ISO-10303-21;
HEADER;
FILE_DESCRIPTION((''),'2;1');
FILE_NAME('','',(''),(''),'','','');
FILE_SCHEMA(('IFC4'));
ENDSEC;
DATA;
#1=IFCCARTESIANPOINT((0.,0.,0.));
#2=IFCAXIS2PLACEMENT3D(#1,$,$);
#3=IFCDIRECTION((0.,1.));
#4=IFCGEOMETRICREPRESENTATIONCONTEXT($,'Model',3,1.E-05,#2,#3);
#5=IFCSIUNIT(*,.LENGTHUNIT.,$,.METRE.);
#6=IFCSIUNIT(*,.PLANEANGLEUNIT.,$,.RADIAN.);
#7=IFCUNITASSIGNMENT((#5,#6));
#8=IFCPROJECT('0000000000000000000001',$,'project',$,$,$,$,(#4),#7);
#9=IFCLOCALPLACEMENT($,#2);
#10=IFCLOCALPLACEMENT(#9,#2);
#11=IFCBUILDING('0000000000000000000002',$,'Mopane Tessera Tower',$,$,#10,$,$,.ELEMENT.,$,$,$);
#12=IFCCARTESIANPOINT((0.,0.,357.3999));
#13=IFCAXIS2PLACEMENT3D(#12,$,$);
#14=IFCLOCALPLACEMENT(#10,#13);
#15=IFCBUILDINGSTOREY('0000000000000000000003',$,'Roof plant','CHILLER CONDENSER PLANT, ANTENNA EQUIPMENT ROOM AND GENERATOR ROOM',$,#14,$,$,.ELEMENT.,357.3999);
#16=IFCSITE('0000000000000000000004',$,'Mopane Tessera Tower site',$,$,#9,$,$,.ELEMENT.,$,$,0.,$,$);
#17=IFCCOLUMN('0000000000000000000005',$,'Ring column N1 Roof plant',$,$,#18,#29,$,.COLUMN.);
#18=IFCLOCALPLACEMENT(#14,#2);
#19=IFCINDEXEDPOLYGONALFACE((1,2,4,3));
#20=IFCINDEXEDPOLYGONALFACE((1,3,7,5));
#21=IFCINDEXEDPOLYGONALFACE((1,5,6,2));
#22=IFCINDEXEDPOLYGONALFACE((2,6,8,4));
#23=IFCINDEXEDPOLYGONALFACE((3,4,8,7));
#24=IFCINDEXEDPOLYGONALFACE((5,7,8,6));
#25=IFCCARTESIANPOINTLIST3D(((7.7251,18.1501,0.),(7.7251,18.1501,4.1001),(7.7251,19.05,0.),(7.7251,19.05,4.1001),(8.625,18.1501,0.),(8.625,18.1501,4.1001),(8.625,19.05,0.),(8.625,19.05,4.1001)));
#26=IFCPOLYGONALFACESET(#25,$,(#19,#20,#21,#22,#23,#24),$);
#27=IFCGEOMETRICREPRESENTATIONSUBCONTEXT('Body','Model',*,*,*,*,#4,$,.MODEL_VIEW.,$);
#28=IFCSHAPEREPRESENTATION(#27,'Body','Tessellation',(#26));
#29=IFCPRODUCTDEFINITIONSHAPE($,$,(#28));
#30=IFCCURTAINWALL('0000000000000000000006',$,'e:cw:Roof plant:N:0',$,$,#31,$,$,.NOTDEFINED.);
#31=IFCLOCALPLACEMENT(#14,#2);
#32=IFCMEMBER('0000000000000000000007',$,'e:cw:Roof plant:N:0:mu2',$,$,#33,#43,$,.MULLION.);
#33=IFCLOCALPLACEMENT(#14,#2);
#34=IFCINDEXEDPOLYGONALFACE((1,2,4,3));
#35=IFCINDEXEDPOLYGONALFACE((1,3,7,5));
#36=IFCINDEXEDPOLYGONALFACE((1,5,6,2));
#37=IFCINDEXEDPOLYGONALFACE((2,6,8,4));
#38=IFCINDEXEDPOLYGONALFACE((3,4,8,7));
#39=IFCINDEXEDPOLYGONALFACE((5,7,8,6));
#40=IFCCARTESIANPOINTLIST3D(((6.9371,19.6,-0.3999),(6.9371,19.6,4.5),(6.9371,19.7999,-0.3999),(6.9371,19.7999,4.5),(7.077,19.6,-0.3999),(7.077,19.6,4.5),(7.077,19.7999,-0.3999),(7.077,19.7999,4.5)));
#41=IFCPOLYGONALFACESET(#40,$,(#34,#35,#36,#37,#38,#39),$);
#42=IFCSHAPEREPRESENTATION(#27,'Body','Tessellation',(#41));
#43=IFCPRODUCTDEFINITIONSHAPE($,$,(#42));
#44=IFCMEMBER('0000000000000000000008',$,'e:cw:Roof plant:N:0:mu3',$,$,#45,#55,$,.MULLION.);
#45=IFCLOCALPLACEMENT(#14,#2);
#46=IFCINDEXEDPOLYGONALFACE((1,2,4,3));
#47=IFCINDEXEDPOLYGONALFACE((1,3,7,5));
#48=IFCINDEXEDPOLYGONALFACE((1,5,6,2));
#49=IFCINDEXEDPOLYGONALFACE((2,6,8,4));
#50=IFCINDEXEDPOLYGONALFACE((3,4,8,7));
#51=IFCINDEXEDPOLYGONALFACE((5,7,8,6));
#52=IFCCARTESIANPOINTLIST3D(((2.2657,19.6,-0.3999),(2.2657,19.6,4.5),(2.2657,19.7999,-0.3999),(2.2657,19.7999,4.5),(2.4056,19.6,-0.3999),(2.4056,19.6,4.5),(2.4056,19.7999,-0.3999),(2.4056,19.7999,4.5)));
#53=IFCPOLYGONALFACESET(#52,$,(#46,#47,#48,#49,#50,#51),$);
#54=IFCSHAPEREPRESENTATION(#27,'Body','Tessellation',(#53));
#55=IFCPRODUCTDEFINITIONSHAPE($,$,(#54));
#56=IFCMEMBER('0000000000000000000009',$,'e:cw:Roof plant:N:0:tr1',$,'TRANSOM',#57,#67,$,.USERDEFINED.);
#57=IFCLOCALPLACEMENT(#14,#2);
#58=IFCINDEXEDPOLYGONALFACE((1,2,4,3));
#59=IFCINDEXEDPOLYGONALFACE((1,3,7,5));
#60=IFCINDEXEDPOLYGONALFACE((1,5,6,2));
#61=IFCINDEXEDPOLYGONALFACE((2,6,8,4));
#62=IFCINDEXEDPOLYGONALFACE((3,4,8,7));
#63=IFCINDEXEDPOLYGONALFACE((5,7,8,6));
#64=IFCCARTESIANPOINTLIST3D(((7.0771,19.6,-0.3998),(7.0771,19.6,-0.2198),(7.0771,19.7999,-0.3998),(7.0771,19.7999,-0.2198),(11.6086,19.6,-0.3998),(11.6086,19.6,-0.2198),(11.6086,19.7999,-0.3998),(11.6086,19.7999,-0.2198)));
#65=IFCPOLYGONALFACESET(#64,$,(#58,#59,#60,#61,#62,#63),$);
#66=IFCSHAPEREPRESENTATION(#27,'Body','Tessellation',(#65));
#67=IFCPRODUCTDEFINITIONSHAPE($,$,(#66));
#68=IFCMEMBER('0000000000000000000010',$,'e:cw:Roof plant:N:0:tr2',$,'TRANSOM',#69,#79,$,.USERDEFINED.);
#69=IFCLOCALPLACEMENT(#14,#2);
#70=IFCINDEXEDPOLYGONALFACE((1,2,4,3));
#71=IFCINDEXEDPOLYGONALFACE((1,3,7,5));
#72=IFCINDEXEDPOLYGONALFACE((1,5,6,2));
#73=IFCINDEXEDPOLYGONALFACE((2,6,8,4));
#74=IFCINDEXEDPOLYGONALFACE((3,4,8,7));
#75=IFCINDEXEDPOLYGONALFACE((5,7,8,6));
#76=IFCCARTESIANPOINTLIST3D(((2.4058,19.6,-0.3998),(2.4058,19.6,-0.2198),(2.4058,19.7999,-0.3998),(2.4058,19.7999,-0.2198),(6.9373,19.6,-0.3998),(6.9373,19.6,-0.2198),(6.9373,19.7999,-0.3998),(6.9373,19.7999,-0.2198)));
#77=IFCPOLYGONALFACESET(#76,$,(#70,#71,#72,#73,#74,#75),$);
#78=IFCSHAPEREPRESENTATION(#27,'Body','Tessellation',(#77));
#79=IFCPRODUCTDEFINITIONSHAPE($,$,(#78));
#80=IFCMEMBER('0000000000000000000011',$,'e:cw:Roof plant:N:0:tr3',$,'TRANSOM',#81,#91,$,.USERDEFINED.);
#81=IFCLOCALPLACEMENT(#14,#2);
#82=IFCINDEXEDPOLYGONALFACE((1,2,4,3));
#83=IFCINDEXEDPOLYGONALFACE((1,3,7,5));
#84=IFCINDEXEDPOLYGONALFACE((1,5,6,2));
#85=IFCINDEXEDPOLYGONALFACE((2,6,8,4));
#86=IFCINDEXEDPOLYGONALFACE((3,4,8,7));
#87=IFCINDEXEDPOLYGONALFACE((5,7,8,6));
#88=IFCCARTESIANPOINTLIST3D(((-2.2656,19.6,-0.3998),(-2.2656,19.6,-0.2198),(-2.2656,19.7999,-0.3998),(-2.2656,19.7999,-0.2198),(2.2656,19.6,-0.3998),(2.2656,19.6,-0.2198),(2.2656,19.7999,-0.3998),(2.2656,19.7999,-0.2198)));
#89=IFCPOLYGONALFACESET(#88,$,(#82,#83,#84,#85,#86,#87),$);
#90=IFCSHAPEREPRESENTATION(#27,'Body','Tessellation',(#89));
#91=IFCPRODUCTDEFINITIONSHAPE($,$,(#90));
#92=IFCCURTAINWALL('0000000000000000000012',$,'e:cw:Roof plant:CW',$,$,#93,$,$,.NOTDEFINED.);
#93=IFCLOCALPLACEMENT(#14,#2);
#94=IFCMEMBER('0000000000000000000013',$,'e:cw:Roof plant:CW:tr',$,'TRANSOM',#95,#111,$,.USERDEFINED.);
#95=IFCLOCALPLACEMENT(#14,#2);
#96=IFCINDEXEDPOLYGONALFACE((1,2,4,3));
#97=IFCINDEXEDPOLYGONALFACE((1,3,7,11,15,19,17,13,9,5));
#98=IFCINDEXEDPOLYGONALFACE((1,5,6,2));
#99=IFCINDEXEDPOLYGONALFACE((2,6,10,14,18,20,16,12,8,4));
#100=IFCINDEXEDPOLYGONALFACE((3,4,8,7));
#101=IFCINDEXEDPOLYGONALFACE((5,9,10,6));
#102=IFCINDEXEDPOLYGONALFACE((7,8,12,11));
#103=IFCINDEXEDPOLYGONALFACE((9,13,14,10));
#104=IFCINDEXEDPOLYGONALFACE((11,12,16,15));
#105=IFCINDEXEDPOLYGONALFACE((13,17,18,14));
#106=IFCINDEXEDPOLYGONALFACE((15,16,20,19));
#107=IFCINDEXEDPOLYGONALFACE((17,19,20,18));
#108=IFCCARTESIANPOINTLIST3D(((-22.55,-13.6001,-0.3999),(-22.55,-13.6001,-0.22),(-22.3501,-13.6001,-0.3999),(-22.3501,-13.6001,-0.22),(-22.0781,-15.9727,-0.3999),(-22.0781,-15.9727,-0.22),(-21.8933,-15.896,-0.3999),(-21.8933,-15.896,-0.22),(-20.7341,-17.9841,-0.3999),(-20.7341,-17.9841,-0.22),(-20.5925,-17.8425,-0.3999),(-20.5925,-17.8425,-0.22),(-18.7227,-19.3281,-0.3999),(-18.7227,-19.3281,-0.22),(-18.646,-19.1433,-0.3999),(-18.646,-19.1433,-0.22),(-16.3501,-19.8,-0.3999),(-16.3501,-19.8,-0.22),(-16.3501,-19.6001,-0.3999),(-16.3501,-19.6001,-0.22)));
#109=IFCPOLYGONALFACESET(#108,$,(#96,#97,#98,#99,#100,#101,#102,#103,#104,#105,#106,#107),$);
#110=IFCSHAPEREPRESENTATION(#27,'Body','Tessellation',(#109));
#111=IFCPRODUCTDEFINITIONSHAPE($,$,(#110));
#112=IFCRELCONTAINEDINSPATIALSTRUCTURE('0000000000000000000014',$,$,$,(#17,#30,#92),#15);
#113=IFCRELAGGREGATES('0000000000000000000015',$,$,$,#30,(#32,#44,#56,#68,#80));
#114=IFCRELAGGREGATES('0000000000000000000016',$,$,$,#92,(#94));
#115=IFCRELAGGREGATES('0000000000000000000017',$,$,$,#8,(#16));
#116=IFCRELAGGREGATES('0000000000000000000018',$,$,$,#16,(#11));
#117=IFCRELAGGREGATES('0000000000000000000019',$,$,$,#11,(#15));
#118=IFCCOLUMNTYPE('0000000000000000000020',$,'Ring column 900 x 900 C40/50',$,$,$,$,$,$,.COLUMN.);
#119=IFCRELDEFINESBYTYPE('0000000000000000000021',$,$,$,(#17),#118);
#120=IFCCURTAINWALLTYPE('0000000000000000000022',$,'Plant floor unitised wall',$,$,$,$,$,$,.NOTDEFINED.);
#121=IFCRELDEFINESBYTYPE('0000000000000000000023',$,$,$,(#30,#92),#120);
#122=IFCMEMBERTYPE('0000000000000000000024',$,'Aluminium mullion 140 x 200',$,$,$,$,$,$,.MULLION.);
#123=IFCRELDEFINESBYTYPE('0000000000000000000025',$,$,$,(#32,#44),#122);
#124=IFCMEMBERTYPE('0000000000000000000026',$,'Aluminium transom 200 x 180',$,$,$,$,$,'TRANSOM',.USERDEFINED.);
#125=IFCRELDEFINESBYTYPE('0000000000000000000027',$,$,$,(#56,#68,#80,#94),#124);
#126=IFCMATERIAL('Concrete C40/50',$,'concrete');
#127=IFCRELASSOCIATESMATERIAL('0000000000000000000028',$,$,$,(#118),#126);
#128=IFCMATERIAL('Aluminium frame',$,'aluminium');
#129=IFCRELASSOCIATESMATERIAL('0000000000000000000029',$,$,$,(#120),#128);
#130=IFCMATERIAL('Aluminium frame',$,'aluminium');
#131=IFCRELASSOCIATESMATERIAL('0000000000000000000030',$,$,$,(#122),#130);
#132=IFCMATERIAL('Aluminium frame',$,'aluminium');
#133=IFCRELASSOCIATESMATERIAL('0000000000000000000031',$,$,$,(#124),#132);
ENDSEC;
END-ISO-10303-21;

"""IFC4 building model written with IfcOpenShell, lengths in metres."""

from ifc_helpers import new_model, si_unit, direction, frame, origin, origin_2d, place, context, subcontext, project, spatial, polyline, rectangle, outline, extrude, material, material_profile, profile_set, type_object, element, aggregate, save


model = new_model("IFC4")

# Units and contexts
model_context = context("Model", 3, precision=1e-05, world=origin(), true_north=direction((0.0, 1.0)))
body_context = subcontext(model_context, "Body", "Model", "MODEL_VIEW")
ifc_project = project(units=[si_unit("LENGTHUNIT", "METRE"), si_unit("PLANEANGLEUNIT", "RADIAN")], contexts=[model_context])

# Site, building, storey
site_placement = place(None, origin())
site = spatial("IfcSite", under=ifc_project, at=site_placement, Name="Mopane Tessera Tower site", CompositionType="ELEMENT", RefElevation=0.0)
building_placement = place(site_placement, origin())
building = spatial("IfcBuilding", under=site, at=building_placement, Name="Mopane Tessera Tower", CompositionType="ELEMENT")
storey_placement = place(building_placement, frame((0.0, 0.0, 357.3999)))
storey = spatial("IfcBuildingStorey", under=building, at=storey_placement, Name="Roof plant", Description="CHILLER CONDENSER PLANT, ANTENNA EQUIPMENT ROOM AND GENERATOR ROOM", CompositionType="ELEMENT", Elevation=357.3999)

# Column
ifc_material_1 = material(Name="Concrete C40/50", Category="concrete")
ifc_material_profile_1 = material_profile(ifc_material_1, rectangle(XDim=0.8999, YDim=0.8999, at=origin_2d()))
ifc_profile_set_1 = profile_set([ifc_material_profile_1], Name="Concrete C40/50")
column_type = type_object("IfcColumnType", Name="Ring column 900 x 900 C40/50", PredefinedType="COLUMN", material=ifc_profile_set_1)
column_placement = place(storey_placement, frame((8.175, 18.6001, 0.0), z_axis=(0.0, 0.0, 1.0), x_axis=(1.0, 0.0, 0.0)))
element("IfcColumn", 1, at=column_placement, inside=storey, type_object=column_type, Name="Ring column N1 Roof plant", PredefinedType="COLUMN", context=body_context, shape_type="SweptSolid", body=[
    extrude(rectangle(XDim=0.8999, YDim=0.8999, at=origin_2d()), origin(), (0.0, 0.0, 1.0), 4.1001),
])

# Curtain wall, members
ifc_material_2 = material(Name="Aluminium frame", Category="aluminium")
curtain_wall_type = type_object("IfcCurtainWallType", Name="Plant floor unitised wall", PredefinedType="NOTDEFINED", material=ifc_material_2)
curtain_wall_1_placement = place(storey_placement, origin())
curtain_wall_1 = element("IfcCurtainWall", 2, at=curtain_wall_1_placement, inside=storey, type_object=curtain_wall_type, Name="e:cw:Roof plant:N:0", PredefinedType="NOTDEFINED")
ifc_material_3 = material(Name="Aluminium frame", Category="aluminium")
ifc_material_profile_2 = material_profile(ifc_material_3, rectangle(XDim=0.1399, YDim=0.2, at=origin_2d()))
ifc_profile_set_2 = profile_set([ifc_material_profile_2], Name="Aluminium frame")
member_type_1 = type_object("IfcMemberType", Name="Aluminium mullion 140 x 200", PredefinedType="MULLION", material=ifc_profile_set_2)
member_1_placement = place(storey_placement, frame((7.0071, 19.7, -0.3999), z_axis=(0.0, 0.0, 1.0), x_axis=(-1.0, 0.0, 0.0)))
member_1 = element("IfcMember", 3, at=member_1_placement, type_object=member_type_1, Name="e:cw:Roof plant:N:0:mu2", PredefinedType="MULLION", context=body_context, shape_type="SweptSolid", body=[
    extrude(rectangle(XDim=0.1399, YDim=0.2, at=origin_2d()), origin(), (0.0, 0.0, 1.0), 4.8999),
])
member_2_placement = place(storey_placement, frame((2.3357, 19.7, -0.3999), z_axis=(0.0, 0.0, 1.0), x_axis=(-1.0, 0.0, 0.0)))
member_2 = element("IfcMember", 4, at=member_2_placement, type_object=member_type_1, Name="e:cw:Roof plant:N:0:mu3", PredefinedType="MULLION", context=body_context, shape_type="SweptSolid", body=[
    extrude(rectangle(XDim=0.1399, YDim=0.2, at=origin_2d()), origin(), (0.0, 0.0, 1.0), 4.8999),
])
ifc_material_4 = material(Name="Aluminium frame", Category="aluminium")
ifc_material_profile_3 = material_profile(ifc_material_4, rectangle(XDim=0.2, YDim=0.1799, at=origin_2d()))
ifc_profile_set_3 = profile_set([ifc_material_profile_3], Name="Aluminium frame")
member_type_2 = type_object("IfcMemberType", Name="Aluminium transom 200 x 180", ElementType="TRANSOM", PredefinedType="USERDEFINED", material=ifc_profile_set_3)
member_3_placement = place(storey_placement, frame((11.6086, 19.7, -0.3098), z_axis=(-1.0, 0.0, 0.0), x_axis=(0.0, -1.0, 0.0)))
member_3 = element("IfcMember", 5, at=member_3_placement, type_object=member_type_2, Name="e:cw:Roof plant:N:0:tr1", ObjectType="TRANSOM", PredefinedType="USERDEFINED", context=body_context, shape_type="SweptSolid", body=[
    extrude(rectangle(XDim=0.2, YDim=0.1799, at=origin_2d()), origin(), (0.0, 0.0, 1.0), 4.5315),
])
member_4_placement = place(storey_placement, frame((6.9373, 19.7, -0.3098), z_axis=(-1.0, 0.0, 0.0), x_axis=(0.0, -1.0, 0.0)))
member_4 = element("IfcMember", 6, at=member_4_placement, type_object=member_type_2, Name="e:cw:Roof plant:N:0:tr2", ObjectType="TRANSOM", PredefinedType="USERDEFINED", context=body_context, shape_type="SweptSolid", body=[
    extrude(rectangle(XDim=0.2, YDim=0.1799, at=origin_2d()), origin(), (0.0, 0.0, 1.0), 4.5315),
])
member_5_placement = place(storey_placement, frame((2.2656, 19.7, -0.3098), z_axis=(-1.0, 0.0, 0.0), x_axis=(0.0, -1.0, 0.0)))
member_5 = element("IfcMember", 7, at=member_5_placement, type_object=member_type_2, Name="e:cw:Roof plant:N:0:tr3", ObjectType="TRANSOM", PredefinedType="USERDEFINED", context=body_context, shape_type="SweptSolid", body=[
    extrude(rectangle(XDim=0.2, YDim=0.1799, at=origin_2d()), origin(), (0.0, 0.0, 1.0), 4.5312),
])

# Curtain wall, member
curtain_wall_2_placement = place(storey_placement, origin())
curtain_wall_2 = element("IfcCurtainWall", 8, at=curtain_wall_2_placement, inside=storey, type_object=curtain_wall_type, Name="e:cw:Roof plant:CW", PredefinedType="NOTDEFINED")
member_6_placement = place(storey_placement, frame((0.0, 0.0, -0.3999)))
member_6 = element("IfcMember", 9, at=member_6_placement, type_object=member_type_2, Name="e:cw:Roof plant:CW:tr", ObjectType="TRANSOM", PredefinedType="USERDEFINED", context=body_context, shape_type="SweptSolid", body=[
    extrude(outline(polyline([(-22.3501, -13.6001), (-21.8933, -15.896), (-20.5925, -17.8425), (-18.646, -19.1433), (-16.3501, -19.6001), (-16.3501, -19.8), (-18.7227, -19.3281), (-20.7341, -17.9841), (-22.0781, -15.9727), (-22.55, -13.6001), (-22.3501, -13.6001)])), origin(), (0.0, 0.0, 1.0), 0.1799),
])

aggregate(curtain_wall_1, [member_1, member_2, member_3, member_4, member_5])
aggregate(curtain_wall_2, [member_6])

save(model, "model.ifc")
